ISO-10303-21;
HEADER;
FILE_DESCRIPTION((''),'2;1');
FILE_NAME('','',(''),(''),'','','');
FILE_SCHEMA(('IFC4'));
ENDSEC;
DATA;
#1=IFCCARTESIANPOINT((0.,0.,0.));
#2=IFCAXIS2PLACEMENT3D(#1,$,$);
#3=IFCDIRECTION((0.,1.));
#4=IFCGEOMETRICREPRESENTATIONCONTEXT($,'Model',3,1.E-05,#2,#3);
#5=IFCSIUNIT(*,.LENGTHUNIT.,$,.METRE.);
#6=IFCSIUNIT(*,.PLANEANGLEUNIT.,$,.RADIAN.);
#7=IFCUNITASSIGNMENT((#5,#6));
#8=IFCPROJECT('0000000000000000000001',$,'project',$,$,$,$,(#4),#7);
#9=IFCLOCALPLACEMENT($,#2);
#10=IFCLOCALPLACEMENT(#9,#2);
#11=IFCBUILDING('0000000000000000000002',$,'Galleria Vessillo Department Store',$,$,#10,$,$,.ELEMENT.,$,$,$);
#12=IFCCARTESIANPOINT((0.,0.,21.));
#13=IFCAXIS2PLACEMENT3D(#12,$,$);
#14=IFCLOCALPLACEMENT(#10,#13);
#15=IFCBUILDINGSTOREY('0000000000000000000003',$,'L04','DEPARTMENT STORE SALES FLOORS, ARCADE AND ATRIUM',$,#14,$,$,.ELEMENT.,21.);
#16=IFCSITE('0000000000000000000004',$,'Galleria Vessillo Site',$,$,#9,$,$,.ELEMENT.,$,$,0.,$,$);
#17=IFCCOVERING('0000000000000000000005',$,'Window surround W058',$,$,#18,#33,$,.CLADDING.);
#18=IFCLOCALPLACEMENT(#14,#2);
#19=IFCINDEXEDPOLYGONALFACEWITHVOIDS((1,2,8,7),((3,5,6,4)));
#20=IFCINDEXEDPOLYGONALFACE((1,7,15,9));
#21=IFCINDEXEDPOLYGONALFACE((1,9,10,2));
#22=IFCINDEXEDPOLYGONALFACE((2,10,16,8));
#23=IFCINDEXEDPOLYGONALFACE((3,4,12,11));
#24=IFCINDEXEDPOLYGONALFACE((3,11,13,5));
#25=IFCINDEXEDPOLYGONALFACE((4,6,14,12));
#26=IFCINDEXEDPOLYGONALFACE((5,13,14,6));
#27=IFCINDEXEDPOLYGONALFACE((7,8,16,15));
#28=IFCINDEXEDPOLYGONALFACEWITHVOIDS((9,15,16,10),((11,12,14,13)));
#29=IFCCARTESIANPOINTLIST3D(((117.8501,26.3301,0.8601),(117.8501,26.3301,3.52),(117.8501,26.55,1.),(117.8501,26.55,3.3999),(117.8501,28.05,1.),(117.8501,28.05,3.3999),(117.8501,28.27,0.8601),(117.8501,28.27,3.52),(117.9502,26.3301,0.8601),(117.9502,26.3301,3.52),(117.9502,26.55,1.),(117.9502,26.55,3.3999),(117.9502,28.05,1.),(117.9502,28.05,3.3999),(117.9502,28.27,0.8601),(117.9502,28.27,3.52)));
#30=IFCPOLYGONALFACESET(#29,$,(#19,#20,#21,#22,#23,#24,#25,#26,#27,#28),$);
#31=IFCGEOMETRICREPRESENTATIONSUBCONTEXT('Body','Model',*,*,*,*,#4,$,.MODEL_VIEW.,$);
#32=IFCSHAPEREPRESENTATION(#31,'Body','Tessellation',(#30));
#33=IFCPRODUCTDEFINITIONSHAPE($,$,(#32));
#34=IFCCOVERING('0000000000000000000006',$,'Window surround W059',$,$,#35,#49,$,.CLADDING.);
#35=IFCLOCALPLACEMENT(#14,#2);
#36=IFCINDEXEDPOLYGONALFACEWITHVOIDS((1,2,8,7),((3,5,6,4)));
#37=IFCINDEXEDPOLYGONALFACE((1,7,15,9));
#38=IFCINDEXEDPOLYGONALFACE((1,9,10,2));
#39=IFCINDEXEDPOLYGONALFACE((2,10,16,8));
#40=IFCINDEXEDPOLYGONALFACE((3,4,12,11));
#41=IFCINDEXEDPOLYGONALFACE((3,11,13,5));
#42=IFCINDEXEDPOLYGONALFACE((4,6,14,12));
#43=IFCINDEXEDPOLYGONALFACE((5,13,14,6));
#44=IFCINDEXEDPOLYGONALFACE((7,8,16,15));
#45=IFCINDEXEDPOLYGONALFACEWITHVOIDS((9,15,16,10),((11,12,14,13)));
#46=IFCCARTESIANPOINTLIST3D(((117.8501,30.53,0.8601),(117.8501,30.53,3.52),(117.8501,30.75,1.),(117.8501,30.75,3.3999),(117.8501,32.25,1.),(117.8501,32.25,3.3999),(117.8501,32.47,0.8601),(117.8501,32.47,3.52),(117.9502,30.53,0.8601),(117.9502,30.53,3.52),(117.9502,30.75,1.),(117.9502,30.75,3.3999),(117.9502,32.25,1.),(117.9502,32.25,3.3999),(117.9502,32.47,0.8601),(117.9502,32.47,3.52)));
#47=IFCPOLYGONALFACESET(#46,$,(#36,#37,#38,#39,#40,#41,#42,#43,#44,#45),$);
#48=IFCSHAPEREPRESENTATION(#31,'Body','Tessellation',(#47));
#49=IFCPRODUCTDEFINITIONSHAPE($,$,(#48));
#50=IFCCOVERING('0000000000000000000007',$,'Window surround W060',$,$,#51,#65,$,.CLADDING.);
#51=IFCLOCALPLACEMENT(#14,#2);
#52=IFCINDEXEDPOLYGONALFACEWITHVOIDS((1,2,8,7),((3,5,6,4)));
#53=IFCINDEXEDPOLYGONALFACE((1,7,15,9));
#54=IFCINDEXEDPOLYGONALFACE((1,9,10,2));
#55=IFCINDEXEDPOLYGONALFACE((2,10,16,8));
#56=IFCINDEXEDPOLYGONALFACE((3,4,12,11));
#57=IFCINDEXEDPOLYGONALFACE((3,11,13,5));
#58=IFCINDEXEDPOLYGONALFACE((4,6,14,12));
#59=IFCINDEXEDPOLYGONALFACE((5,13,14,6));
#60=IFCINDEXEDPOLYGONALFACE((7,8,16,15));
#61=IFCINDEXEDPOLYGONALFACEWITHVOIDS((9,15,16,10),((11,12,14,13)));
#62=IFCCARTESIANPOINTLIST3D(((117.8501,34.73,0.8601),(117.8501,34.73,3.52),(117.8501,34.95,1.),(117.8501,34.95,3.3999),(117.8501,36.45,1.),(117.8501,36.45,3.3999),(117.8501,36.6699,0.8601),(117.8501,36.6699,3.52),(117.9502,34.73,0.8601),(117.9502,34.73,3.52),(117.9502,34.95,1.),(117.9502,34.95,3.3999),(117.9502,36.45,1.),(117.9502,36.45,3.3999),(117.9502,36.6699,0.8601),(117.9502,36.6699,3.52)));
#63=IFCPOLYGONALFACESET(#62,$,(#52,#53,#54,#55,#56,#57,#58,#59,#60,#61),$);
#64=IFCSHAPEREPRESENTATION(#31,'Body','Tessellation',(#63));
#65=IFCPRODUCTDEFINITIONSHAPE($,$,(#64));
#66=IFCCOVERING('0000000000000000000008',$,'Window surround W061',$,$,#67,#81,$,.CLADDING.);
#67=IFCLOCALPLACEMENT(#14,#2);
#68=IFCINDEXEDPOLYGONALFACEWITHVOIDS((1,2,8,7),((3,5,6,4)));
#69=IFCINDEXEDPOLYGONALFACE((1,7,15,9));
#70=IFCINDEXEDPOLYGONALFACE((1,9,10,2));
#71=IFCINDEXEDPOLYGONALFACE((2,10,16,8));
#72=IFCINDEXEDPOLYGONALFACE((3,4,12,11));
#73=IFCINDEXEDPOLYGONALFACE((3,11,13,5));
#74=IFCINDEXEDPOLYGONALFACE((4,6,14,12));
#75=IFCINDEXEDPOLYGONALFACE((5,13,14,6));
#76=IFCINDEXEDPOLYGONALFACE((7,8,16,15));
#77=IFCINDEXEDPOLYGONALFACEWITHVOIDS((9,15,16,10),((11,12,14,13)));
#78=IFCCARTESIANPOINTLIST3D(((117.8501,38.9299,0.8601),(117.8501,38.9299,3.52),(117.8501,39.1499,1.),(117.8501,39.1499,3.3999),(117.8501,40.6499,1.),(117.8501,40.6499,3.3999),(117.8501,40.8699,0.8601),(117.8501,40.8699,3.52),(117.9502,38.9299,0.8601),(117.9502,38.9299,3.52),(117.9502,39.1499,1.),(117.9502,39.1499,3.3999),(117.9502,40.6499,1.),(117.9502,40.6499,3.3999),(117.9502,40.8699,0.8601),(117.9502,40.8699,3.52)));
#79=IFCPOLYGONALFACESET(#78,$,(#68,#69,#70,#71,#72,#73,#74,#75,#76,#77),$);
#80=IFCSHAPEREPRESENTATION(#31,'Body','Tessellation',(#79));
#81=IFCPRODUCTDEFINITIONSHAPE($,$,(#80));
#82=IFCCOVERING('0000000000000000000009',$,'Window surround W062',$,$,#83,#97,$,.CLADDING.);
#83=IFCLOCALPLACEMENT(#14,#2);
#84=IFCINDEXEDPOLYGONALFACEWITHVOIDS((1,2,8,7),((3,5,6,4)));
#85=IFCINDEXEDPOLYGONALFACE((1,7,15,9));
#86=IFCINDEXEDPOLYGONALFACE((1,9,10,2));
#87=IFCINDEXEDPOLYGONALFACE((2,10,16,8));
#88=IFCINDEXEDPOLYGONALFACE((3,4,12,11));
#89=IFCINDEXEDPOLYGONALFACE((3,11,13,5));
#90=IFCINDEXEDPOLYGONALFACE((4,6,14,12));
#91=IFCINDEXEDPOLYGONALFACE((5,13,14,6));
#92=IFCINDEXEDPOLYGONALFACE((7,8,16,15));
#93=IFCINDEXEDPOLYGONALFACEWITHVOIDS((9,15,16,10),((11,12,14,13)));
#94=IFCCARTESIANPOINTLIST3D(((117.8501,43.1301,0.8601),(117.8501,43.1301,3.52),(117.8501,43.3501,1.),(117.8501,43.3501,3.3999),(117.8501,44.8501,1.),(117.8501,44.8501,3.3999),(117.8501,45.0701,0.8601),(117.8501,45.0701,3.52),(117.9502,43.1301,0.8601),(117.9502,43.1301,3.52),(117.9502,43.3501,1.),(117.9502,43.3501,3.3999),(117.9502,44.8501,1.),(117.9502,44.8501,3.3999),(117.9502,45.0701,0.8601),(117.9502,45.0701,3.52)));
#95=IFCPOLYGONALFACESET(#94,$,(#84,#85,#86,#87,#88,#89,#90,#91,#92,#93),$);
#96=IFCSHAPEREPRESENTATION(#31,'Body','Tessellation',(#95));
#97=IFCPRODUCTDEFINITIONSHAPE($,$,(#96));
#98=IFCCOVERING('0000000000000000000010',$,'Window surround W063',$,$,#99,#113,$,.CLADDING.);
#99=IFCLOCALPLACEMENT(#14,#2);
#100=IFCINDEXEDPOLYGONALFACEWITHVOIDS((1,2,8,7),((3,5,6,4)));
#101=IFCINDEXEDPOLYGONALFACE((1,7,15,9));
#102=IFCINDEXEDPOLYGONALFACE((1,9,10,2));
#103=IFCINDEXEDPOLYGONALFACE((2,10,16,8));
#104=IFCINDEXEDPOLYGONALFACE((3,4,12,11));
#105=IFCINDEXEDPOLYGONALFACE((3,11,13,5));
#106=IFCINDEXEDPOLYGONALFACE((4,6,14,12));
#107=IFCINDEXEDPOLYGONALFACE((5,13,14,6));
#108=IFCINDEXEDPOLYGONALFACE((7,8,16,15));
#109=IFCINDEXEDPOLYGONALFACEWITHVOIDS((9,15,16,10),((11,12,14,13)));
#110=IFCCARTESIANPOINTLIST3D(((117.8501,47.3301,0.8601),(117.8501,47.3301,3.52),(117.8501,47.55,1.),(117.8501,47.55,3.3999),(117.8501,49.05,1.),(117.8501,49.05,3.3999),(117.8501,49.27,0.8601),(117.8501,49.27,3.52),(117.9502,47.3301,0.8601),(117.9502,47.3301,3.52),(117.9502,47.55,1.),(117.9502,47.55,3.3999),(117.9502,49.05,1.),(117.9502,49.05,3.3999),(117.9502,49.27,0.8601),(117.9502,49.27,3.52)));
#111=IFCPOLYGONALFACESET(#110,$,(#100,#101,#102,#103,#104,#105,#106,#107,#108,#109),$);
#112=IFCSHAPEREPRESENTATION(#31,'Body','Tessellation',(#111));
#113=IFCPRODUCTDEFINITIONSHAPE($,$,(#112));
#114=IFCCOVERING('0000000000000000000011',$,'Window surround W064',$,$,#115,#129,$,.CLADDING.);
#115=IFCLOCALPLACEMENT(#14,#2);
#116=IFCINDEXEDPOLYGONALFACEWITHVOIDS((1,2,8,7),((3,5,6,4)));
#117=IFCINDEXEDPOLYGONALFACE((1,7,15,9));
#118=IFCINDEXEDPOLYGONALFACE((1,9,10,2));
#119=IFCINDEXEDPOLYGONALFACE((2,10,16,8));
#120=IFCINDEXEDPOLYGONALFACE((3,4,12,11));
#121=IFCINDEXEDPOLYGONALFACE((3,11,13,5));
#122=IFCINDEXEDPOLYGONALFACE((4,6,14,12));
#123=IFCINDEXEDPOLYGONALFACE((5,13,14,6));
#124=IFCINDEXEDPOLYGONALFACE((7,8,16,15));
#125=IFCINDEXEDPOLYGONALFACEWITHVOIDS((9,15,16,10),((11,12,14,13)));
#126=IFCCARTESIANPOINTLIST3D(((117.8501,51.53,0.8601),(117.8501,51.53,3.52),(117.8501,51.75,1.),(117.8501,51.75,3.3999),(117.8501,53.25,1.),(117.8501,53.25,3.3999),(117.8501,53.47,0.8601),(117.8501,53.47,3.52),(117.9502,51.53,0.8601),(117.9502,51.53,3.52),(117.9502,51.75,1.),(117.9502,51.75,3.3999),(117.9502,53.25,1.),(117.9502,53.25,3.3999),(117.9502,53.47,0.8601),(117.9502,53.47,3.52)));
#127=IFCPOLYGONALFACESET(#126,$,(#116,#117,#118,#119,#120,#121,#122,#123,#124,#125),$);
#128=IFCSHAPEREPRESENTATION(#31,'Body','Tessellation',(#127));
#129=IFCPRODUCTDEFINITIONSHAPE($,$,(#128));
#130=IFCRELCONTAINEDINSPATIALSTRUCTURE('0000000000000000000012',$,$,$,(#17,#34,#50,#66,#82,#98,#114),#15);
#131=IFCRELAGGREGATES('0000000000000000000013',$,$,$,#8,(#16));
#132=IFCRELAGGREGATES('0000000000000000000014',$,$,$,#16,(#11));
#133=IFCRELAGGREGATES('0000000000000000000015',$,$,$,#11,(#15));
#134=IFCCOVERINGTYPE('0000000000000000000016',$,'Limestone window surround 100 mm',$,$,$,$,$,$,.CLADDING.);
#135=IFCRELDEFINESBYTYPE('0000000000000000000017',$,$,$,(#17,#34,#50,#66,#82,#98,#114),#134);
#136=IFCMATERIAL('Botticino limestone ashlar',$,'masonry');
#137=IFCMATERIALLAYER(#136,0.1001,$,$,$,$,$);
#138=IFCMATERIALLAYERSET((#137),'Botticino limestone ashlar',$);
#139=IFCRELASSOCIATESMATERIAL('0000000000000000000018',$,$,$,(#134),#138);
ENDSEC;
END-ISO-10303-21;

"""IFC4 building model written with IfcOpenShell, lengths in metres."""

from ifc_helpers import new_model, si_unit, direction, frame, origin, place, context, subcontext, project, spatial, polyline, outline, extrude, material, layer, layer_set, type_object, element, save


model = new_model("IFC4")

# Units and contexts
model_context = context("Model", 3, precision=1e-05, world=origin(), true_north=direction((0.0, 1.0)))
body_context = subcontext(model_context, "Body", "Model", "MODEL_VIEW")
ifc_project = project(units=[si_unit("LENGTHUNIT", "METRE"), si_unit("PLANEANGLEUNIT", "RADIAN")], contexts=[model_context])

# Site, building, storey
site_placement = place(None, origin())
site = spatial("IfcSite", under=ifc_project, at=site_placement, Name="Galleria Vessillo Site", CompositionType="ELEMENT", RefElevation=0.0)
building_placement = place(site_placement, origin())
building = spatial("IfcBuilding", under=site, at=building_placement, Name="Galleria Vessillo Department Store", CompositionType="ELEMENT")
storey_placement = place(building_placement, frame((0.0, 0.0, 21.0)))
storey = spatial("IfcBuildingStorey", under=building, at=storey_placement, Name="L04", Description="DEPARTMENT STORE SALES FLOORS, ARCADE AND ATRIUM", CompositionType="ELEMENT", Elevation=21.0)

# Coverings
ifc_material_1 = material(Name="Botticino limestone ashlar", Category="masonry")
ifc_layer_1 = layer(ifc_material_1, 0.1001)
ifc_layer_set_1 = layer_set([ifc_layer_1], Name="Botticino limestone ashlar")
covering_type_1 = type_object("IfcCoveringType", Name="Limestone window surround 100 mm", PredefinedType="CLADDING", material=ifc_layer_set_1)
covering_1_placement = place(storey_placement, frame((117.8501, 0.0, 1.0), z_axis=(1.0, 0.0, 0.0), x_axis=(0.0, 1.0, 0.0)))
element("IfcCovering", 1, at=covering_1_placement, inside=storey, type_object=covering_type_1, Name="Window surround W058", PredefinedType="CLADDING", context=body_context, shape_type="SweptSolid", body=[
    extrude(outline(polyline([(26.3301, -0.1399), (28.27, -0.1399), (28.27, 2.52), (26.3301, 2.52), (26.3301, -0.1399)]), holes=[polyline([(26.55, 0.0), (28.05, 0.0), (28.05, 2.3999), (26.55, 2.3999), (26.55, 0.0)])]), origin(), (0.0, 0.0, 1.0), 0.1001),
])
covering_2_placement = place(storey_placement, frame((117.8501, 0.0, 1.0), z_axis=(1.0, 0.0, 0.0), x_axis=(0.0, 1.0, 0.0)))
element("IfcCovering", 2, at=covering_2_placement, inside=storey, type_object=covering_type_1, Name="Window surround W059", PredefinedType="CLADDING", context=body_context, shape_type="SweptSolid", body=[
    extrude(outline(polyline([(30.53, -0.1399), (32.47, -0.1399), (32.47, 2.52), (30.53, 2.52), (30.53, -0.1399)]), holes=[polyline([(30.75, 0.0), (32.25, 0.0), (32.25, 2.3999), (30.75, 2.3999), (30.75, 0.0)])]), origin(), (0.0, 0.0, 1.0), 0.1001),
])
covering_3_placement = place(storey_placement, frame((117.8501, 0.0, 1.0), z_axis=(1.0, 0.0, 0.0), x_axis=(0.0, 1.0, 0.0)))
element("IfcCovering", 3, at=covering_3_placement, inside=storey, type_object=covering_type_1, Name="Window surround W060", PredefinedType="CLADDING", context=body_context, shape_type="SweptSolid", body=[
    extrude(outline(polyline([(34.73, -0.1399), (36.6699, -0.1399), (36.6699, 2.52), (34.73, 2.52), (34.73, -0.1399)]), holes=[polyline([(34.95, 0.0), (36.45, 0.0), (36.45, 2.3999), (34.95, 2.3999), (34.95, 0.0)])]), origin(), (0.0, 0.0, 1.0), 0.1001),
])
covering_4_placement = place(storey_placement, frame((117.8501, 0.0, 1.0), z_axis=(1.0, 0.0, 0.0), x_axis=(0.0, 1.0, 0.0)))
element("IfcCovering", 4, at=covering_4_placement, inside=storey, type_object=covering_type_1, Name="Window surround W061", PredefinedType="CLADDING", context=body_context, shape_type="SweptSolid", body=[
    extrude(outline(polyline([(38.9299, -0.1399), (40.8699, -0.1399), (40.8699, 2.52), (38.9299, 2.52), (38.9299, -0.1399)]), holes=[polyline([(39.1499, 0.0), (40.6499, 0.0), (40.6499, 2.3999), (39.1499, 2.3999), (39.1499, 0.0)])]), origin(), (0.0, 0.0, 1.0), 0.1001),
])
covering_5_placement = place(storey_placement, frame((117.8501, 0.0, 1.0), z_axis=(1.0, 0.0, 0.0), x_axis=(0.0, 1.0, 0.0)))
element("IfcCovering", 5, at=covering_5_placement, inside=storey, type_object=covering_type_1, Name="Window surround W062", PredefinedType="CLADDING", context=body_context, shape_type="SweptSolid", body=[
    extrude(outline(polyline([(43.1301, -0.1399), (45.0701, -0.1399), (45.0701, 2.52), (43.1301, 2.52), (43.1301, -0.1399)]), holes=[polyline([(43.3501, 0.0), (44.8501, 0.0), (44.8501, 2.3999), (43.3501, 2.3999), (43.3501, 0.0)])]), origin(), (0.0, 0.0, 1.0), 0.1001),
])
covering_6_placement = place(storey_placement, frame((117.8501, 0.0, 1.0), z_axis=(1.0, 0.0, 0.0), x_axis=(0.0, 1.0, 0.0)))
element("IfcCovering", 6, at=covering_6_placement, inside=storey, type_object=covering_type_1, Name="Window surround W063", PredefinedType="CLADDING", context=body_context, shape_type="SweptSolid", body=[
    extrude(outline(polyline([(47.3301, -0.1399), (49.27, -0.1399), (49.27, 2.52), (47.3301, 2.52), (47.3301, -0.1399)]), holes=[polyline([(47.55, 0.0), (49.05, 0.0), (49.05, 2.3999), (47.55, 2.3999), (47.55, 0.0)])]), origin(), (0.0, 0.0, 1.0), 0.1001),
])
covering_7_placement = place(storey_placement, frame((117.8501, 0.0, 1.0), z_axis=(1.0, 0.0, 0.0), x_axis=(0.0, 1.0, 0.0)))
element("IfcCovering", 7, at=covering_7_placement, inside=storey, type_object=covering_type_1, Name="Window surround W064", PredefinedType="CLADDING", context=body_context, shape_type="SweptSolid", body=[
    extrude(outline(polyline([(51.53, -0.1399), (53.47, -0.1399), (53.47, 2.52), (51.53, 2.52), (51.53, -0.1399)]), holes=[polyline([(51.75, 0.0), (53.25, 0.0), (53.25, 2.3999), (51.75, 2.3999), (51.75, 0.0)])]), origin(), (0.0, 0.0, 1.0), 0.1001),
])

save(model, "model.ifc")
